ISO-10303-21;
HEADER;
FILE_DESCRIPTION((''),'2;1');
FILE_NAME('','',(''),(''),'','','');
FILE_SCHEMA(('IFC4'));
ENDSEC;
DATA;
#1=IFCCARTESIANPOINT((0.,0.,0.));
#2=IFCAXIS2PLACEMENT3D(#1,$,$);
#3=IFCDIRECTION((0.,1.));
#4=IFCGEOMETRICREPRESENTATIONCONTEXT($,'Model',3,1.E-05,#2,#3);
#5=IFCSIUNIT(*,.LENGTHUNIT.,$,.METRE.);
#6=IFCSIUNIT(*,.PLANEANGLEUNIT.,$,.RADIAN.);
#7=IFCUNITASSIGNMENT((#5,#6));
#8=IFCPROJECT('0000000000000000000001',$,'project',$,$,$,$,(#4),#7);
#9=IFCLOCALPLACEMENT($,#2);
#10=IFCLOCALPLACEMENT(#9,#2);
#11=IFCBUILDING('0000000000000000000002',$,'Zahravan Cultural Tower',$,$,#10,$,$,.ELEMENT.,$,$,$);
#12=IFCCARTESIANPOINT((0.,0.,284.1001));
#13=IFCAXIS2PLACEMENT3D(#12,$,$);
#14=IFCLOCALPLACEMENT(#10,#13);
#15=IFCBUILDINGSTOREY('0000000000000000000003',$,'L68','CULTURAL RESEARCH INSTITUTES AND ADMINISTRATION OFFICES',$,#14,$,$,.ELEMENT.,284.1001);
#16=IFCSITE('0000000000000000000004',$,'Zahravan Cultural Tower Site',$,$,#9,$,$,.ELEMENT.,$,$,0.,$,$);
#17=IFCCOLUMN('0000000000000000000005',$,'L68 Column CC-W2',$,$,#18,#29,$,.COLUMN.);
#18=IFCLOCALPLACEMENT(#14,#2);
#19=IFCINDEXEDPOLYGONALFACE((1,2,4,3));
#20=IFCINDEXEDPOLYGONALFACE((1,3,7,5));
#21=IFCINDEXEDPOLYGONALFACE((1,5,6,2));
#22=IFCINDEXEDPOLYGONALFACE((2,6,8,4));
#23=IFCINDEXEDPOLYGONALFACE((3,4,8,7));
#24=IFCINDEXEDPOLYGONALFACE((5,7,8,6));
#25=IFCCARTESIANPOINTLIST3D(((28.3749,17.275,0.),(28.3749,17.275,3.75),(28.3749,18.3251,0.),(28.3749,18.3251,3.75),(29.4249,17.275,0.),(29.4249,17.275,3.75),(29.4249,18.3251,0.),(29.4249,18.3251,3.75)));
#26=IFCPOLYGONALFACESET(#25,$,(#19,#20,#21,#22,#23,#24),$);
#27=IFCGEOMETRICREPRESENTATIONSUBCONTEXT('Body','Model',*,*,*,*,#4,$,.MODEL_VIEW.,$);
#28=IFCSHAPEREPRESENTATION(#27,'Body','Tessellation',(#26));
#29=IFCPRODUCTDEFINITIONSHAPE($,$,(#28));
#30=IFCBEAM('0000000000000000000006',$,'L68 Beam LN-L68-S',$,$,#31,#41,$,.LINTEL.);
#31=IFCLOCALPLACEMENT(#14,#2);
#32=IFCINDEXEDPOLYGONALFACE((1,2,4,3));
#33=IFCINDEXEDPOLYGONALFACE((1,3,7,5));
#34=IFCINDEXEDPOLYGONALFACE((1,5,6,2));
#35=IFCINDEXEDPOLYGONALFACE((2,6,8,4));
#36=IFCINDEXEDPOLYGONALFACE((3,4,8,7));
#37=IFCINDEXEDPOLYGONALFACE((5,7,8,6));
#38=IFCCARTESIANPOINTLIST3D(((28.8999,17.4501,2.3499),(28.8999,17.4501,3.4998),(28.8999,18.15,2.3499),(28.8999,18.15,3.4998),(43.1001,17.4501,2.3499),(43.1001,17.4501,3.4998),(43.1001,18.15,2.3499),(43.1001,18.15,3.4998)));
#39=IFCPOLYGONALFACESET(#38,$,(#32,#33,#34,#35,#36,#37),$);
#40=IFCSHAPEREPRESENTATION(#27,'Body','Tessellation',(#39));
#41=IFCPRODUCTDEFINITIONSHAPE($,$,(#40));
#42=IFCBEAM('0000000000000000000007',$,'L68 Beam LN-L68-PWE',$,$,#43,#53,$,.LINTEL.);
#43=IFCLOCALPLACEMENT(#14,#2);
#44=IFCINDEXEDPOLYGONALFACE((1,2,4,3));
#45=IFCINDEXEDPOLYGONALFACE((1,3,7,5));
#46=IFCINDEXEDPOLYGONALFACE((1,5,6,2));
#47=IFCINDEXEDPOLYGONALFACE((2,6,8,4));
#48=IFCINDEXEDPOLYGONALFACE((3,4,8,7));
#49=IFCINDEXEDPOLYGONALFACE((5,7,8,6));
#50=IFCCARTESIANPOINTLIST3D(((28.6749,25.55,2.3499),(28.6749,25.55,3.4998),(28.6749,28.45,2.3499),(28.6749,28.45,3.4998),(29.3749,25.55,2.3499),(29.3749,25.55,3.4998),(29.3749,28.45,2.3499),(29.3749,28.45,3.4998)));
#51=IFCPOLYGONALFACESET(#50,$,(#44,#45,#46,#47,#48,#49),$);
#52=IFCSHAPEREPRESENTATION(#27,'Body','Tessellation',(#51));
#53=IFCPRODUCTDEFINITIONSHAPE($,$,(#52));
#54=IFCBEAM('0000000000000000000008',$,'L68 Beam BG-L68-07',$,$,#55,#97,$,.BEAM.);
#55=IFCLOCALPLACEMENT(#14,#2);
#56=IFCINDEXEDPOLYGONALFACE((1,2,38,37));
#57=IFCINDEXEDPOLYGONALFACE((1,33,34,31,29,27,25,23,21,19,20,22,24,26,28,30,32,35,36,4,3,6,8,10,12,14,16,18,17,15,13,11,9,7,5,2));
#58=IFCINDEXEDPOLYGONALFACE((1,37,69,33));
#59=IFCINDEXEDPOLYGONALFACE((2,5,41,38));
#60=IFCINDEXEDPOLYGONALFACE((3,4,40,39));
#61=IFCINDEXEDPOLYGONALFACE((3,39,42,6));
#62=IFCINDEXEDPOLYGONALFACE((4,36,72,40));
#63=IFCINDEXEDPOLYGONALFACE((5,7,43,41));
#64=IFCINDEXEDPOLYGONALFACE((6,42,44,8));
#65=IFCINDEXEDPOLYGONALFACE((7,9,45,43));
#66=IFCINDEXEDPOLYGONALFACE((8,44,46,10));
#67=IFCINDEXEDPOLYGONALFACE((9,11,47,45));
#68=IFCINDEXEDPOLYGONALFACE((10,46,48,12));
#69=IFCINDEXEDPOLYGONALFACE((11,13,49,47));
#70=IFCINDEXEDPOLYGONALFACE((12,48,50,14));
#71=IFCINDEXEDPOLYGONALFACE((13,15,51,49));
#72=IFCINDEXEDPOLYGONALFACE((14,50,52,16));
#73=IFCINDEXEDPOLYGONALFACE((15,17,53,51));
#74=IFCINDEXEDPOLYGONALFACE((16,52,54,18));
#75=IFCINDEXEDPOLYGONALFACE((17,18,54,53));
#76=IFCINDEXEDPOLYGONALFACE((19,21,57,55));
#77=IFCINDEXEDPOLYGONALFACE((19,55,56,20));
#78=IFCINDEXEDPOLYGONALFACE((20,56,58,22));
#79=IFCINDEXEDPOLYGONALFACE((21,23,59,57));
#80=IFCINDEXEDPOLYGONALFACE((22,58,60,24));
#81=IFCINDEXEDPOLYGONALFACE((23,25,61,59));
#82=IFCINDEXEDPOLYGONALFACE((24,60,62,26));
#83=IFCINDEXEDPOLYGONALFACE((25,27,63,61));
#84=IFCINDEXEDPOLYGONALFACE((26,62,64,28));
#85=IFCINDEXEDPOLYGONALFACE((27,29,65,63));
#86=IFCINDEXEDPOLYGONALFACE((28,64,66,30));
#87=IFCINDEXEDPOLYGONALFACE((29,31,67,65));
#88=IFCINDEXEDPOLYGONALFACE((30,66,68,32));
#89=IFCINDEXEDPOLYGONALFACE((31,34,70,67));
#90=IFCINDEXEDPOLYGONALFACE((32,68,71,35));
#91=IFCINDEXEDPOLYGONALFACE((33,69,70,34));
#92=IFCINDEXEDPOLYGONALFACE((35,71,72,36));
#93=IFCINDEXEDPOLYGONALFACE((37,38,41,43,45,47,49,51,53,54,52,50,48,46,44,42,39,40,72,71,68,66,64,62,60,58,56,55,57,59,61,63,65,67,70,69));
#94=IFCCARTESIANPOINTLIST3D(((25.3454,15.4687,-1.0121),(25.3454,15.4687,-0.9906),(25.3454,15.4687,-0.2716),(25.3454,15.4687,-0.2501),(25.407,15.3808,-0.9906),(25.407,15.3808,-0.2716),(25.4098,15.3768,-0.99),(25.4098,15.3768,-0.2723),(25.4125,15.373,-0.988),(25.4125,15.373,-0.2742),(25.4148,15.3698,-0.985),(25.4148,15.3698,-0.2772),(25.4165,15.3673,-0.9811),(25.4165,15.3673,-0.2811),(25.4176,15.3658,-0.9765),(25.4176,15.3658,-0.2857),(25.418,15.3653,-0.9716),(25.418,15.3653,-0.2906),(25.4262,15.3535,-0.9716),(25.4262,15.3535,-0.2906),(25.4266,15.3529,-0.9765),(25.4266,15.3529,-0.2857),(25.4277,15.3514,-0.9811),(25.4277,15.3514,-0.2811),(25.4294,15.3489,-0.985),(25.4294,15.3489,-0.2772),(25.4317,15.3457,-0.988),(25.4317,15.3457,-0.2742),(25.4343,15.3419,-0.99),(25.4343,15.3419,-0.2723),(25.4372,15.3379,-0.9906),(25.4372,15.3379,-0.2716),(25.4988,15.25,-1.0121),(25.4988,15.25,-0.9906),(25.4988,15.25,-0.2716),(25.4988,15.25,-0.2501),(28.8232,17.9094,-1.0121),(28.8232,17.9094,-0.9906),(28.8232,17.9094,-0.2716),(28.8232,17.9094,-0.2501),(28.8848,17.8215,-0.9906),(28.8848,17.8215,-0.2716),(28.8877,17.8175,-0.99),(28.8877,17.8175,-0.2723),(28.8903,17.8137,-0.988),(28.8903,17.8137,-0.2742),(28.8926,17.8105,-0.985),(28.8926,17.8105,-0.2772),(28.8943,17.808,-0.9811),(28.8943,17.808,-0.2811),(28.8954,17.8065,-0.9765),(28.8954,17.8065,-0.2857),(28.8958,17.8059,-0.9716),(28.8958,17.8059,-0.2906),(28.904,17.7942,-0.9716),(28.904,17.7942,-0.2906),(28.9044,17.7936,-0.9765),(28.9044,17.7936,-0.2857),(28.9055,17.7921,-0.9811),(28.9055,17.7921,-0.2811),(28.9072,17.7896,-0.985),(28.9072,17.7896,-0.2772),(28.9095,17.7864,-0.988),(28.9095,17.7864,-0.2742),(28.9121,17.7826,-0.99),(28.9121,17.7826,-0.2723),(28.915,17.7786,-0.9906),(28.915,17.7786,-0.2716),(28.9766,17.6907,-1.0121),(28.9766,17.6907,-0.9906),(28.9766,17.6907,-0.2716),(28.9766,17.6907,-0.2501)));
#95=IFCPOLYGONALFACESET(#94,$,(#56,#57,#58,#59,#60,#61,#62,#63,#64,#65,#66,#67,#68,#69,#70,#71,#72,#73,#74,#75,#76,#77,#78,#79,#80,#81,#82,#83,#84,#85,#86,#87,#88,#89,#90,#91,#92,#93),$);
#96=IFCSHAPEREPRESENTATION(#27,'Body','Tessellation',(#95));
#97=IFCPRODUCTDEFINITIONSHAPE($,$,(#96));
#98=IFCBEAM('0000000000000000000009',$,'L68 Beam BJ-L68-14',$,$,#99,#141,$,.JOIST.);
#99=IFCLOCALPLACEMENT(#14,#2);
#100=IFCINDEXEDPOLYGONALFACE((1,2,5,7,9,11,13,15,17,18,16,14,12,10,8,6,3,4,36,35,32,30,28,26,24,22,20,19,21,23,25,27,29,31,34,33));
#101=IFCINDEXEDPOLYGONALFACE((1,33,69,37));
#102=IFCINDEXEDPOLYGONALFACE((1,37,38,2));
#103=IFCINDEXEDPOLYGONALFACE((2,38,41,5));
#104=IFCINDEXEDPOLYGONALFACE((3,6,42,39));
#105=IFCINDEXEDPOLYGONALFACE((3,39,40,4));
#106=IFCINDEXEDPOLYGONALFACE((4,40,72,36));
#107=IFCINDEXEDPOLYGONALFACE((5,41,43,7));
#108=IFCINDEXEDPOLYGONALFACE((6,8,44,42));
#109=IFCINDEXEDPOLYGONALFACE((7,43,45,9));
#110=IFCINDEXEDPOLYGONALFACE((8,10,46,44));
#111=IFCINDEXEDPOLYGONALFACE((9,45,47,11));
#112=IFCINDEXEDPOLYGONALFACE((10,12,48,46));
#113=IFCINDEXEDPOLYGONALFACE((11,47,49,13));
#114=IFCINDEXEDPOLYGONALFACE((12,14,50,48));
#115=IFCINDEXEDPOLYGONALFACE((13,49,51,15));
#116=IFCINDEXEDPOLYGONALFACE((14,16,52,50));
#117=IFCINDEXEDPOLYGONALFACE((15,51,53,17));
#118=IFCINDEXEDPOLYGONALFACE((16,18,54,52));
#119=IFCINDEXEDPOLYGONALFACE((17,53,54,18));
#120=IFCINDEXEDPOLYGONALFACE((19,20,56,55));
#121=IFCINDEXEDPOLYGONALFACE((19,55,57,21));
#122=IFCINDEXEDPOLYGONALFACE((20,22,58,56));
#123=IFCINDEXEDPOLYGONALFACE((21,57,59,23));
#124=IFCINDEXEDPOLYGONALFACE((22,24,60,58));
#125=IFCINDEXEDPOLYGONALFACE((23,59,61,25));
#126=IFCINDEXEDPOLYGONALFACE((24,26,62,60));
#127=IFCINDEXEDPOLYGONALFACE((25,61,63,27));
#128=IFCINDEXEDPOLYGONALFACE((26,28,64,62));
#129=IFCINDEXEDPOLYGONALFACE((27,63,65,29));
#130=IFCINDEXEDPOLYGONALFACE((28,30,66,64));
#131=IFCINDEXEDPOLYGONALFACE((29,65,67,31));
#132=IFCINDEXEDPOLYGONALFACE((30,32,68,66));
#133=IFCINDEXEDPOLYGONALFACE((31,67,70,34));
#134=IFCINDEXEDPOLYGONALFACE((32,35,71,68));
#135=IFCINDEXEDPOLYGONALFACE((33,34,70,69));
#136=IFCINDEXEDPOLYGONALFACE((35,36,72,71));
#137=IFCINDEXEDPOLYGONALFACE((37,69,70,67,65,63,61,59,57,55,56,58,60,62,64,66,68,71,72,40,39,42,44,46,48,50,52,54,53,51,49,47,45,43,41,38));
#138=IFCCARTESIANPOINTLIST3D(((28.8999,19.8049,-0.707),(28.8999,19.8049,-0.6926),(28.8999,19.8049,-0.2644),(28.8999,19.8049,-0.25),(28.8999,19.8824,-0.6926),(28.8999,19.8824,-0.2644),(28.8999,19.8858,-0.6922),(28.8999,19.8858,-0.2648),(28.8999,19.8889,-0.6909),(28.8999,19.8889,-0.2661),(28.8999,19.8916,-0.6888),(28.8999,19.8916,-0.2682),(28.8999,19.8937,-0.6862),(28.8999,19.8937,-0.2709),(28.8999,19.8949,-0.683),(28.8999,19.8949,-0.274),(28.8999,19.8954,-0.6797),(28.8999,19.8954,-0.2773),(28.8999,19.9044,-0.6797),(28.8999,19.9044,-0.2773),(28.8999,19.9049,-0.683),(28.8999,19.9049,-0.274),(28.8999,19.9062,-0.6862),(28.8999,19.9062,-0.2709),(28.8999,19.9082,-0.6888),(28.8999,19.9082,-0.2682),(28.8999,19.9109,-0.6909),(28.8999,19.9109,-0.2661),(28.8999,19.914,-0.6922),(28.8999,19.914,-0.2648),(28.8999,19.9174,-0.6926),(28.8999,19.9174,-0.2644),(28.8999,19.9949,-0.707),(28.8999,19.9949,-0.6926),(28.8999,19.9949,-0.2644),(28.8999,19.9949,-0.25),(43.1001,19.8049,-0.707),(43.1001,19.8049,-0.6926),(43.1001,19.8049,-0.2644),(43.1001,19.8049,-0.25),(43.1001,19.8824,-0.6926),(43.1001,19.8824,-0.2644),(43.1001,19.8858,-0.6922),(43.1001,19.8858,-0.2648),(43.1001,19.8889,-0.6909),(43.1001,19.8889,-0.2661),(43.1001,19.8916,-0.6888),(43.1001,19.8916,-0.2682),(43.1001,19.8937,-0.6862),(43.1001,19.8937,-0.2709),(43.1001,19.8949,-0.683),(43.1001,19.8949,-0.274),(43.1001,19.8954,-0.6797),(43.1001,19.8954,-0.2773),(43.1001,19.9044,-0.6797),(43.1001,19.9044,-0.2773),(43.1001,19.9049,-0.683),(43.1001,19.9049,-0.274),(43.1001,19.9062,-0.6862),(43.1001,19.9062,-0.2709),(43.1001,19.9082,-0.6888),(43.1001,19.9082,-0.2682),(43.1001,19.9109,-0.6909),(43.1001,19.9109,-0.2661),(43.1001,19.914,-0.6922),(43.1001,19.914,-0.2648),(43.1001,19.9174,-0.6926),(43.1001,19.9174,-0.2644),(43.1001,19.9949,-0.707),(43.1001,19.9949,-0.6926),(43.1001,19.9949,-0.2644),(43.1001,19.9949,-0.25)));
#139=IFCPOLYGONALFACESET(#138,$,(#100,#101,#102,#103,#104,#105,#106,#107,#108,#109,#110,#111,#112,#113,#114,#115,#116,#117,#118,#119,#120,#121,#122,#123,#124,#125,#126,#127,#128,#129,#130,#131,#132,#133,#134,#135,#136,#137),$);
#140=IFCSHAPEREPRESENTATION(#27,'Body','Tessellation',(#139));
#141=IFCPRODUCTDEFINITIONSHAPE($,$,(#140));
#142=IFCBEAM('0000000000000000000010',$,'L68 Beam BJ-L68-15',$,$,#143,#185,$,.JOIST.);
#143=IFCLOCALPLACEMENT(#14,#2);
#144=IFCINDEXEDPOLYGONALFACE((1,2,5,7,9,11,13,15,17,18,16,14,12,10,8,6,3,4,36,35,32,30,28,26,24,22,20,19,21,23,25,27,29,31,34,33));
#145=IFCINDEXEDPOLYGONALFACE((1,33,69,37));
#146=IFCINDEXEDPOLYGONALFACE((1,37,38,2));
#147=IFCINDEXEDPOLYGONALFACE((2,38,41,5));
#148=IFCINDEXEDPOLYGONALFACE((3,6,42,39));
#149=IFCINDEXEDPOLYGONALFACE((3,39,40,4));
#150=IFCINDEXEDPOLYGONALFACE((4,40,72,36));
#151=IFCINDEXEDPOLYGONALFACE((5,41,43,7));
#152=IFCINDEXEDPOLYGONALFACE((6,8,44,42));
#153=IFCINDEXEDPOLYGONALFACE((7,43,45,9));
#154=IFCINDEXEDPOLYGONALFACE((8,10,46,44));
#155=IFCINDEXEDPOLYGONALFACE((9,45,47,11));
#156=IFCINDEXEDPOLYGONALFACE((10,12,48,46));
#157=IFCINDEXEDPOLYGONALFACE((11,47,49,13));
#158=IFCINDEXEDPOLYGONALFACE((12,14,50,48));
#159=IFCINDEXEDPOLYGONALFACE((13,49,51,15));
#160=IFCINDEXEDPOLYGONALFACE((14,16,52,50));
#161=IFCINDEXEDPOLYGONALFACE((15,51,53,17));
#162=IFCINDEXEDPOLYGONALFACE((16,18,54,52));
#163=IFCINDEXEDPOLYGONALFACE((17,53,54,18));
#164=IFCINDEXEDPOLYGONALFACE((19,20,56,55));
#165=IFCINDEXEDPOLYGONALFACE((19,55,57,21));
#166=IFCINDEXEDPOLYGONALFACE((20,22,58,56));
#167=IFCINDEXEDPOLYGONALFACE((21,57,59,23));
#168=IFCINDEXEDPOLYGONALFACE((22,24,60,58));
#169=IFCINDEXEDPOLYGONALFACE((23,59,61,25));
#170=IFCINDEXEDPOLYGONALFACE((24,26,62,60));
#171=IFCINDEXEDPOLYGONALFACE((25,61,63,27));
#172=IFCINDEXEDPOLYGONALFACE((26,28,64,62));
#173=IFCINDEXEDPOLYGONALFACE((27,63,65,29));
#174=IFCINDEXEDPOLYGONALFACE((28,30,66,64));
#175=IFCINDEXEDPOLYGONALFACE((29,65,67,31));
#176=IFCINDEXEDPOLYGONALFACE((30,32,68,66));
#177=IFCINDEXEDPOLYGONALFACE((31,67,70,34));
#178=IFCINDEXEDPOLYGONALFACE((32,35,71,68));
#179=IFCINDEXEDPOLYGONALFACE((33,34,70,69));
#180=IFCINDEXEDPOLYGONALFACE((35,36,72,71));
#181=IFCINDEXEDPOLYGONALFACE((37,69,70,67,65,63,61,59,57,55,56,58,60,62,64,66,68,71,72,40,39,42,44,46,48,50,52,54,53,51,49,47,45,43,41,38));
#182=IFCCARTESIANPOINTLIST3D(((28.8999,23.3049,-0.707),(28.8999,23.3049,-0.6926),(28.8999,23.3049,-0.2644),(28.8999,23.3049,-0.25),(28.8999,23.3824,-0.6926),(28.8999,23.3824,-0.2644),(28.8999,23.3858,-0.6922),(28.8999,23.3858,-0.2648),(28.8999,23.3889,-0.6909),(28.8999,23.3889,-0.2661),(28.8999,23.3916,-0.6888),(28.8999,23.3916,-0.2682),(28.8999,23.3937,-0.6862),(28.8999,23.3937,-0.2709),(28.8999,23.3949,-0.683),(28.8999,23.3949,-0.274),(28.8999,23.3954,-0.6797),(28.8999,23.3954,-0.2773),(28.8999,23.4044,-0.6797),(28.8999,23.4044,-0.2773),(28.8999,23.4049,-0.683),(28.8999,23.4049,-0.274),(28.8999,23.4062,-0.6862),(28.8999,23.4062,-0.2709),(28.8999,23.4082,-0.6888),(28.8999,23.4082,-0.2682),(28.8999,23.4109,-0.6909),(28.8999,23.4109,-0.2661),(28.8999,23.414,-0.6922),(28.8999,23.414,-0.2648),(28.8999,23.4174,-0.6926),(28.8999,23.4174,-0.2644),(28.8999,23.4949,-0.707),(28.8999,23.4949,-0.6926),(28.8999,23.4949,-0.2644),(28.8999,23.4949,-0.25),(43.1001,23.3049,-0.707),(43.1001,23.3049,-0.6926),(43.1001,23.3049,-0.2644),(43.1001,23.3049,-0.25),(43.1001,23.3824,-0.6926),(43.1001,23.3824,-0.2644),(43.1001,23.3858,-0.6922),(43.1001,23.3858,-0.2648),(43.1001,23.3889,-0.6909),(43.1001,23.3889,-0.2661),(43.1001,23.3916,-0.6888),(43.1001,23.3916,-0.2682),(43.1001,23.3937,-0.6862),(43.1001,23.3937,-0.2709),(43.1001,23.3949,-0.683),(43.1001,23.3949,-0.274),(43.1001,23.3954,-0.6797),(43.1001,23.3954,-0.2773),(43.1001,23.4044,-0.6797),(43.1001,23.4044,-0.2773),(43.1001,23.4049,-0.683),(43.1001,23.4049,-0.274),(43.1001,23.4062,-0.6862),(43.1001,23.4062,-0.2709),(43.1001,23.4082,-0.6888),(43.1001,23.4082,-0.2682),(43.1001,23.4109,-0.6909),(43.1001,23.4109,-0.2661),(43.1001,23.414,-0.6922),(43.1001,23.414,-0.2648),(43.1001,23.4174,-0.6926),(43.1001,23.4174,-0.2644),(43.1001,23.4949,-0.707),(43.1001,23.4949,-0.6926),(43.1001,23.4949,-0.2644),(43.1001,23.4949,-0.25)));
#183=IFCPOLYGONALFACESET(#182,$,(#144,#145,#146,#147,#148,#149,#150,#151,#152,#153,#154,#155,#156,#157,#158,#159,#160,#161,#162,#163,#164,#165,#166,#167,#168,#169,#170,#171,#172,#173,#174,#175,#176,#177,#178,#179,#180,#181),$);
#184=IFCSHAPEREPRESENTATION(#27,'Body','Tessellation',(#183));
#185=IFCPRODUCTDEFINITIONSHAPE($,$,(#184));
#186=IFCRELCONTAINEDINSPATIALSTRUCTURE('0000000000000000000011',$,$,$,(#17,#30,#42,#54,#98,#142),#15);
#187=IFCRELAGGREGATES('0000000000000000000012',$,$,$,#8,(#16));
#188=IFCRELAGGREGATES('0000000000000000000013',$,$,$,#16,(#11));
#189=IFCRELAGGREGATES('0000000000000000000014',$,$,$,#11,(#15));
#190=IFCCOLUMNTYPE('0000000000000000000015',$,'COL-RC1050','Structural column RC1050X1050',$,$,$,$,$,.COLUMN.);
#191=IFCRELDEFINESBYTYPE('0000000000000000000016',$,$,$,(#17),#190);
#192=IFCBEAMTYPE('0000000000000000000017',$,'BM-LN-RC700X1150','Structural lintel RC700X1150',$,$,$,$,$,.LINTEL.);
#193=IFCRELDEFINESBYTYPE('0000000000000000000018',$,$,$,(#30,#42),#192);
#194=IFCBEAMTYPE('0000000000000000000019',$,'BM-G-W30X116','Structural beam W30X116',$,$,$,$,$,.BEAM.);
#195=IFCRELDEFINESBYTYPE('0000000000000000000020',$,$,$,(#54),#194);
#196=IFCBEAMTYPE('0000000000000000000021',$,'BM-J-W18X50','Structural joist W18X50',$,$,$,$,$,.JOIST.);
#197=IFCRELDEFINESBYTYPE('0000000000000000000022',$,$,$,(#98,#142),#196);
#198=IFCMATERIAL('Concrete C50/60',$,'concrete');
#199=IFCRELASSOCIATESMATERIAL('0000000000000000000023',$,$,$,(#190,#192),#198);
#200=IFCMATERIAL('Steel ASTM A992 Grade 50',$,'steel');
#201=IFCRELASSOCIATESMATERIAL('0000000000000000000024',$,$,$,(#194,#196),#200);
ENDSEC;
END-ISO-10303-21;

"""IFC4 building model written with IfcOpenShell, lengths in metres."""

from ifc_helpers import new_model, si_unit, direction, frame, origin, origin_2d, place, context, subcontext, project, spatial, rectangle, i_section, extrude, source, transform, mapped, material, material_profile, profile_set, type_object, element, save


model = new_model("IFC4")

# Units and contexts
model_context = context("Model", 3, precision=1e-05, world=origin(), true_north=direction((0.0, 1.0)))
body_context = subcontext(model_context, "Body", "Model", "MODEL_VIEW")
ifc_project = project(units=[si_unit("LENGTHUNIT", "METRE"), si_unit("PLANEANGLEUNIT", "RADIAN")], contexts=[model_context])

# Site, building, storey
site_placement = place(None, origin())
site = spatial("IfcSite", under=ifc_project, at=site_placement, Name="Zahravan Cultural Tower Site", CompositionType="ELEMENT", RefElevation=0.0)
building_placement = place(site_placement, origin())
building = spatial("IfcBuilding", under=site, at=building_placement, Name="Zahravan Cultural Tower", CompositionType="ELEMENT")
storey_placement = place(building_placement, frame((0.0, 0.0, 284.1001)))
storey = spatial("IfcBuildingStorey", under=building, at=storey_placement, Name="L68", Description="CULTURAL RESEARCH INSTITUTES AND ADMINISTRATION OFFICES", CompositionType="ELEMENT", Elevation=284.1001)

# Column
ifc_material_1 = material(Name="Concrete C50/60", Category="concrete")
ifc_material_profile_1 = material_profile(ifc_material_1, rectangle(XDim=1.05, YDim=1.05, at=origin_2d()), Name="RC1050X1050")
ifc_profile_set_1 = profile_set([ifc_material_profile_1], Name="Concrete C50/60")
column_type = type_object("IfcColumnType", Name="COL-RC1050", Description="Structural column RC1050X1050", PredefinedType="COLUMN", material=ifc_profile_set_1)
shared_shape_1 = source(origin(), body_context, "Body", "SweptSolid", [
    extrude(rectangle(XDim=1.05, YDim=1.05, at=origin_2d()), origin(), (0.0, 0.0, 1.0), 3.75),
])
column_placement = place(storey_placement, frame((28.8999, 17.8, 0.0), z_axis=(0.0, 0.0, 1.0), x_axis=(1.0, 0.0, 0.0)))
element("IfcColumn", 1, at=column_placement, inside=storey, type_object=column_type, Name="L68 Column CC-W2", PredefinedType="COLUMN", context=body_context, shape_type="MappedRepresentation", body=[
    mapped(shared_shape_1, transform((0.0, 0.0, 0.0), x_axis=(1.0, 0.0, 0.0), y_axis=(0.0, 1.0, 0.0), z_axis=(0.0, 0.0, 1.0), scale=1.0)),
])

# Beams
ifc_material_profile_2 = material_profile(ifc_material_1, rectangle(XDim=0.7, YDim=1.1499, at=origin_2d()), Name="RC700X1150")
ifc_profile_set_2 = profile_set([ifc_material_profile_2], Name="Concrete C50/60")
beam_type_1 = type_object("IfcBeamType", Name="BM-LN-RC700X1150", Description="Structural lintel RC700X1150", PredefinedType="LINTEL", material=ifc_profile_set_2)
shared_shape_2 = source(origin(), body_context, "Body", "SweptSolid", [
    extrude(rectangle(XDim=0.7, YDim=1.1499, at=origin_2d()), origin(), (0.0, 0.0, 1.0), 14.2002),
])
beam_1_placement = place(storey_placement, frame((28.8999, 17.8, 2.9248), z_axis=(1.0, 0.0, 0.0), x_axis=(0.0, 1.0, 0.0)))
element("IfcBeam", 2, at=beam_1_placement, inside=storey, type_object=beam_type_1, Name="L68 Beam LN-L68-S", PredefinedType="LINTEL", context=body_context, shape_type="MappedRepresentation", body=[
    mapped(shared_shape_2, transform((0.0, 0.0, 0.0), x_axis=(1.0, 0.0, 0.0), y_axis=(0.0, 1.0, 0.0), z_axis=(0.0, 0.0, 1.0), scale=1.0)),
])
shared_shape_3 = source(origin(), body_context, "Body", "SweptSolid", [
    extrude(rectangle(XDim=0.7, YDim=1.1499, at=origin_2d()), origin(), (0.0, 0.0, 1.0), 2.8999),
])
beam_2_placement = place(storey_placement, frame((29.0249, 25.55, 2.9248), z_axis=(0.0, 1.0, 0.0), x_axis=(-1.0, 0.0, 0.0)))
element("IfcBeam", 3, at=beam_2_placement, inside=storey, type_object=beam_type_1, Name="L68 Beam LN-L68-PWE", PredefinedType="LINTEL", context=body_context, shape_type="MappedRepresentation", body=[
    mapped(shared_shape_3, transform((0.0, 0.0, 0.0), x_axis=(1.0, 0.0, 0.0), y_axis=(0.0, 1.0, 0.0), z_axis=(0.0, 0.0, 1.0), scale=1.0)),
])
ifc_material_2 = material(Name="Steel ASTM A992 Grade 50", Category="steel")
ifc_material_profile_3 = material_profile(ifc_material_2, i_section(OverallWidth=0.2671, OverallDepth=0.762, WebThickness=0.0144, FlangeThickness=0.0215, FilletRadius=0.019, at=origin_2d()), Name="W30X116")
ifc_profile_set_3 = profile_set([ifc_material_profile_3], Name="Steel ASTM A992 Grade 50")
beam_type_2 = type_object("IfcBeamType", Name="BM-G-W30X116", Description="Structural beam W30X116", PredefinedType="BEAM", material=ifc_profile_set_3)
shared_shape_4 = source(origin(), body_context, "Body", "SweptSolid", [
    extrude(i_section(OverallWidth=0.2671, OverallDepth=0.762, WebThickness=0.0144, FlangeThickness=0.0215, FilletRadius=0.019, at=origin_2d()), origin(), (0.0, 0.0, 1.0), 4.2488),
])
beam_3_placement = place(storey_placement, frame((28.8999, 17.8, -0.6311), z_axis=(-0.818543, -0.574445, 0.0), x_axis=(0.574445, -0.818543, 0.0)))
element("IfcBeam", 4, at=beam_3_placement, inside=storey, type_object=beam_type_2, Name="L68 Beam BG-L68-07", PredefinedType="BEAM", context=body_context, shape_type="MappedRepresentation", body=[
    mapped(shared_shape_4, transform((0.0, 0.0, 0.0), x_axis=(1.0, 0.0, 0.0), y_axis=(0.0, 1.0, 0.0), z_axis=(0.0, 0.0, 1.0), scale=1.0)),
])
ifc_material_profile_4 = material_profile(ifc_material_2, i_section(OverallWidth=0.1899, OverallDepth=0.457, WebThickness=0.009, FlangeThickness=0.0144, FilletRadius=0.0129, at=origin_2d()), Name="W18X50")
ifc_profile_set_4 = profile_set([ifc_material_profile_4], Name="Steel ASTM A992 Grade 50")
beam_type_3 = type_object("IfcBeamType", Name="BM-J-W18X50", Description="Structural joist W18X50", PredefinedType="JOIST", material=ifc_profile_set_4)
shared_shape_5 = source(origin(), body_context, "Body", "SweptSolid", [
    extrude(i_section(OverallWidth=0.1899, OverallDepth=0.457, WebThickness=0.009, FlangeThickness=0.0144, FilletRadius=0.0129, at=origin_2d()), origin(), (0.0, 0.0, 1.0), 14.2002),
])
for number, where, z_axis, x_axis, name in (
    (5, (28.8999, 19.8999, -0.4785), (1.0, 0.0, 0.0), (0.0, 1.0, 0.0), "L68 Beam BJ-L68-14"),
    (6, (28.8999, 23.3999, -0.4785), (1.0, 0.0, 0.0), (0.0, 1.0, 0.0), "L68 Beam BJ-L68-15"),
):
    element("IfcBeam", number, at=place(storey_placement, frame(where, z_axis=z_axis, x_axis=x_axis)), inside=storey, type_object=beam_type_3, Name=name, PredefinedType="JOIST", context=body_context, shape_type="MappedRepresentation", body=[
        mapped(shared_shape_5, transform((0.0, 0.0, 0.0), x_axis=(1.0, 0.0, 0.0), y_axis=(0.0, 1.0, 0.0), z_axis=(0.0, 0.0, 1.0), scale=1.0)),
    ])

save(model, "model.ifc")
